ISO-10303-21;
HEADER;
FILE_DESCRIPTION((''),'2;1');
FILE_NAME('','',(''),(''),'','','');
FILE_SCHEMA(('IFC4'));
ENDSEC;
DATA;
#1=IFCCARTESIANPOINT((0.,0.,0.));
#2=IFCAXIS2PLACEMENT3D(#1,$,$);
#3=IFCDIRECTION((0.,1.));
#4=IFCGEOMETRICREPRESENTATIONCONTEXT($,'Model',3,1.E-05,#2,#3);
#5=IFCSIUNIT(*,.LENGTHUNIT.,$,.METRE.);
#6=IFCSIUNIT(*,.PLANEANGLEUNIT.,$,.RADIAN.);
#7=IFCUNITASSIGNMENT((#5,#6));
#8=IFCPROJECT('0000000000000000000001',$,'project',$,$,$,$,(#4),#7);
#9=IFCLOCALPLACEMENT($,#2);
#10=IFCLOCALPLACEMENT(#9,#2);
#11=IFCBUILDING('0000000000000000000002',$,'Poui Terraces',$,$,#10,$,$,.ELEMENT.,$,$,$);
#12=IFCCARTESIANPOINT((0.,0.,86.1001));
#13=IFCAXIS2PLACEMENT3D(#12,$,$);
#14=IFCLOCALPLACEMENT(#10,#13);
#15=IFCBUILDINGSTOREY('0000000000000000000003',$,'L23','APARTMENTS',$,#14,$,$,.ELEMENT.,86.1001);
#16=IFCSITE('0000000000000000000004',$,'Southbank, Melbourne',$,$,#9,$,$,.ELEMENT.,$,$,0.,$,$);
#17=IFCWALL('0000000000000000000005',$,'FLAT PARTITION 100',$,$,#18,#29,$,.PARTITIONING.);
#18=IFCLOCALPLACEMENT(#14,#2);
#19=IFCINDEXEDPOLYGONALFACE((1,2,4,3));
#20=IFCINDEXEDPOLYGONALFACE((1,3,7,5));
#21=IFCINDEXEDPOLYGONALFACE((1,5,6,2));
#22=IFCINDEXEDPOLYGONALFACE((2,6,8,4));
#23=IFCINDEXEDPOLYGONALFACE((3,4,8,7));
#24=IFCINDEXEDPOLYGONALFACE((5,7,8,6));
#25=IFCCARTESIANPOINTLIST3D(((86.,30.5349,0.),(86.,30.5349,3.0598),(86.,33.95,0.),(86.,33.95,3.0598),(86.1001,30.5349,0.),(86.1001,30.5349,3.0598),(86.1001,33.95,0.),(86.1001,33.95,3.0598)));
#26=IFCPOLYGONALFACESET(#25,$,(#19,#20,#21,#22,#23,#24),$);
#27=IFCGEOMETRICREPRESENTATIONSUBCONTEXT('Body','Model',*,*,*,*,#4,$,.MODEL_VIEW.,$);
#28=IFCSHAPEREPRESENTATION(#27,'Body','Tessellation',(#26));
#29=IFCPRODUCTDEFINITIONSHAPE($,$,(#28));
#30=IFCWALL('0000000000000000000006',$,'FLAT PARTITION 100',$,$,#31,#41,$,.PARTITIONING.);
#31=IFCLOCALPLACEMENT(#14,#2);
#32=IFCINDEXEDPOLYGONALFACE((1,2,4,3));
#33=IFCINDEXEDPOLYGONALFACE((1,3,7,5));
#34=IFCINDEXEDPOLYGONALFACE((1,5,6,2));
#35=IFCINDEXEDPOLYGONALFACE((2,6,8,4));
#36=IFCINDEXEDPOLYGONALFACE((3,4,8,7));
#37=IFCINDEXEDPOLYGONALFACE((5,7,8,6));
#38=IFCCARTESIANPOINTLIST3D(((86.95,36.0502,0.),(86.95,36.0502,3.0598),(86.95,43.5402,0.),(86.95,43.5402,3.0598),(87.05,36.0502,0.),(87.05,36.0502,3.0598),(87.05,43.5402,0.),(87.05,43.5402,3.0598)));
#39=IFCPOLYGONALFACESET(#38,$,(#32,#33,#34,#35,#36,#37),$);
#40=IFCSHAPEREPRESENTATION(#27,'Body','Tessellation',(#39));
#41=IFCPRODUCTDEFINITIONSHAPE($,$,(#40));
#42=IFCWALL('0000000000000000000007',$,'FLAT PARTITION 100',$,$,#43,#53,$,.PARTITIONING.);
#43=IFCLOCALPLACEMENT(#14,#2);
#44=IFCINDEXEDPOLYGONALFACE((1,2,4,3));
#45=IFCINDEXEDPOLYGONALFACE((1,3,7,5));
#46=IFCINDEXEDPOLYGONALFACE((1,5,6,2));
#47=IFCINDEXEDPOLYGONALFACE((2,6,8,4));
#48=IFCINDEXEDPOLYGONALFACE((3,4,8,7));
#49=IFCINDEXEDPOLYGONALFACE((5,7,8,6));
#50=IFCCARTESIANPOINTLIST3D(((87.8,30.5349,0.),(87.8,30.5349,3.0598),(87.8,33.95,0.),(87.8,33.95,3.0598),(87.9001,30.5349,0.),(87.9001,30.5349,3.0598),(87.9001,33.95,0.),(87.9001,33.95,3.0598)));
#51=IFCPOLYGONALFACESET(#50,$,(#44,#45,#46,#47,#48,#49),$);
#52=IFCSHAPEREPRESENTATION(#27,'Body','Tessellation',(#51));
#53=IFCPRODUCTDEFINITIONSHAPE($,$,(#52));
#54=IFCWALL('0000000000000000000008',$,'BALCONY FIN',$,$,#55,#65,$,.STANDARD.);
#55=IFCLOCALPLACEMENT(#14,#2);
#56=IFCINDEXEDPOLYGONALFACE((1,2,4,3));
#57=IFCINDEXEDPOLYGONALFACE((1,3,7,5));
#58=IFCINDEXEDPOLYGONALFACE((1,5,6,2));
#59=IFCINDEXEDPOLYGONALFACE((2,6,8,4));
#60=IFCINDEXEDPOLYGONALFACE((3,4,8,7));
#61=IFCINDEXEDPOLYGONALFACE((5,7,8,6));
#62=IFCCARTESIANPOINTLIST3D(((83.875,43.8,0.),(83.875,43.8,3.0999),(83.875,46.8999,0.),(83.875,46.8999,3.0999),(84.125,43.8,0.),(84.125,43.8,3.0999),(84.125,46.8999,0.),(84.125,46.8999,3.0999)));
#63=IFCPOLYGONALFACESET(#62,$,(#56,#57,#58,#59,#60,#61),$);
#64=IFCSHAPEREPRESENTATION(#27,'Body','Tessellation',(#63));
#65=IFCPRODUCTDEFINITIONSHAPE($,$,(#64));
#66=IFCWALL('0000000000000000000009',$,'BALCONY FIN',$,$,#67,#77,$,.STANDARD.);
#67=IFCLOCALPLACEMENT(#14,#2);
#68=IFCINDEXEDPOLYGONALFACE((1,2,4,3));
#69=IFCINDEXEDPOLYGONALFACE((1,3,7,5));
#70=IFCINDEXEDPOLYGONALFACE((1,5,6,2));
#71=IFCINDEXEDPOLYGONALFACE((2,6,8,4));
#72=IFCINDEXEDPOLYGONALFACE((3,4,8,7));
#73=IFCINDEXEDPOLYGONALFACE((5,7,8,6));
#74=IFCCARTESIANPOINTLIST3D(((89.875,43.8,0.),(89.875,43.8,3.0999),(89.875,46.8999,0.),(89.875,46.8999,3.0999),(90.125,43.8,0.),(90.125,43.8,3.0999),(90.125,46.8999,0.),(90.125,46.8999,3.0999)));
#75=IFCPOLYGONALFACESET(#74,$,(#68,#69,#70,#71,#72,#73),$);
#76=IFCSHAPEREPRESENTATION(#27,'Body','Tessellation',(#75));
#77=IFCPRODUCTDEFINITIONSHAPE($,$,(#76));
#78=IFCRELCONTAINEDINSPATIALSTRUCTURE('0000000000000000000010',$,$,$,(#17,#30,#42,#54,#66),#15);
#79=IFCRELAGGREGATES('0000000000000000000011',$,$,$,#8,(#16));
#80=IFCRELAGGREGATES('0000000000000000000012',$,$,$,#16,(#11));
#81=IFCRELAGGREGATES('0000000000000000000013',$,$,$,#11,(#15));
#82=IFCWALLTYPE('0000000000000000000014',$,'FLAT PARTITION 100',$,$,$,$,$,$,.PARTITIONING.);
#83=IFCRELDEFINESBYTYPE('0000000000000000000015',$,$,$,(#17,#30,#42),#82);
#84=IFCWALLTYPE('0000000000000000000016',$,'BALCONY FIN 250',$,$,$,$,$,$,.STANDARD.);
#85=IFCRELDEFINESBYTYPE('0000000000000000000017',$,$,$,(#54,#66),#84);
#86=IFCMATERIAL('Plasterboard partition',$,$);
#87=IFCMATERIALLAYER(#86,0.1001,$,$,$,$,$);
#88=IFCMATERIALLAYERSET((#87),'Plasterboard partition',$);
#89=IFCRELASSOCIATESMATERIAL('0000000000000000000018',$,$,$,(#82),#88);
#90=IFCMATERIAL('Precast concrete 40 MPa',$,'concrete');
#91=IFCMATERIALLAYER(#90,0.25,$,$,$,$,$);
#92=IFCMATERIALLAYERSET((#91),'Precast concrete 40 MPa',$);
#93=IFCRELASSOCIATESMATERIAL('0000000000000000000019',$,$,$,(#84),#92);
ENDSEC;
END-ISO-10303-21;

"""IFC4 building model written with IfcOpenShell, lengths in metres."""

from ifc_helpers import new_model, si_unit, direction, frame, frame_2d, origin, place, context, subcontext, project, spatial, polyline, rectangle, outline, extrude, source, transform, mapped, material, layer, layer_set, type_object, element, save


model = new_model("IFC4")

# Units and contexts
model_context = context("Model", 3, precision=1e-05, world=origin(), true_north=direction((0.0, 1.0)))
body_context = subcontext(model_context, "Body", "Model", "MODEL_VIEW")
ifc_project = project(units=[si_unit("LENGTHUNIT", "METRE"), si_unit("PLANEANGLEUNIT", "RADIAN")], contexts=[model_context])

# Site, building, storey
site_placement = place(None, origin())
site = spatial("IfcSite", under=ifc_project, at=site_placement, Name="Southbank, Melbourne", CompositionType="ELEMENT", RefElevation=0.0)
building_placement = place(site_placement, origin())
building = spatial("IfcBuilding", under=site, at=building_placement, Name="Poui Terraces", CompositionType="ELEMENT")
storey_placement = place(building_placement, frame((0.0, 0.0, 86.1001)))
storey = spatial("IfcBuildingStorey", under=building, at=storey_placement, Name="L23", Description="APARTMENTS", CompositionType="ELEMENT", Elevation=86.1001)

# Shared definitions
ifc_material_1 = material(Name="Plasterboard partition")
ifc_layer_1 = layer(ifc_material_1, 0.1001)
ifc_layer_set_1 = layer_set([ifc_layer_1], Name="Plasterboard partition")
wall_type_1 = type_object("IfcWallType", Name="FLAT PARTITION 100", PredefinedType="PARTITIONING", material=ifc_layer_set_1)

# Walls
wall_1_placement = place(storey_placement, frame((86.05, 30.5349, 0.0), z_axis=(0.0, 0.0, 1.0), x_axis=(0.0, 1.0, 0.0)))
element("IfcWall", 1, at=wall_1_placement, inside=storey, type_object=wall_type_1, Name="FLAT PARTITION 100", PredefinedType="PARTITIONING", context=body_context, shape_type="SweptSolid", body=[
    extrude(rectangle(XDim=3.415, YDim=0.1001, at=frame_2d((1.7075, 0.0))), origin(), (0.0, 0.0, 1.0), 3.0598),
])
wall_2_placement = place(storey_placement, frame((87.0, 36.05, 0.0), z_axis=(0.0, 0.0, 1.0), x_axis=(0.0, 1.0, 0.0)))
element("IfcWall", 2, at=wall_2_placement, inside=storey, type_object=wall_type_1, Name="FLAT PARTITION 100", PredefinedType="PARTITIONING", context=body_context, shape_type="SweptSolid", body=[
    extrude(rectangle(XDim=7.49, YDim=0.1001, at=frame_2d((3.7451, 0.0))), origin(), (0.0, 0.0, 1.0), 3.0598),
])
wall_3_placement = place(storey_placement, frame((87.8501, 30.5349, 0.0), z_axis=(0.0, 0.0, 1.0), x_axis=(0.0, 1.0, 0.0)))
element("IfcWall", 3, at=wall_3_placement, inside=storey, type_object=wall_type_1, Name="FLAT PARTITION 100", PredefinedType="PARTITIONING", context=body_context, shape_type="SweptSolid", body=[
    extrude(rectangle(XDim=3.415, YDim=0.1001, at=frame_2d((1.7075, 0.0))), origin(), (0.0, 0.0, 1.0), 3.0598),
])
ifc_material_2 = material(Name="Precast concrete 40 MPa", Category="concrete")
ifc_layer_2 = layer(ifc_material_2, 0.25)
ifc_layer_set_2 = layer_set([ifc_layer_2], Name="Precast concrete 40 MPa")
wall_type_2 = type_object("IfcWallType", Name="BALCONY FIN 250", PredefinedType="STANDARD", material=ifc_layer_set_2)
shared_shape_1 = source(origin(), body_context, "Body", "SweptSolid", [
    extrude(outline(polyline([(0.0, 0.0), (0.25, 0.0), (0.25, 3.0999), (0.0, 3.0999), (0.0, 0.0)])), origin(), (0.0, 0.0, 1.0), 3.0999),
])
for number, where, name in (
    (4, (83.875, 43.8, 0.0), "BALCONY FIN"),
    (5, (89.875, 43.8, 0.0), "BALCONY FIN"),
):
    element("IfcWall", number, at=place(storey_placement, frame(where)), inside=storey, type_object=wall_type_2, Name=name, PredefinedType="STANDARD", context=body_context, shape_type="MappedRepresentation", body=[
        mapped(shared_shape_1, transform((0.0, 0.0, 0.0))),
    ])

save(model, "model.ifc")
